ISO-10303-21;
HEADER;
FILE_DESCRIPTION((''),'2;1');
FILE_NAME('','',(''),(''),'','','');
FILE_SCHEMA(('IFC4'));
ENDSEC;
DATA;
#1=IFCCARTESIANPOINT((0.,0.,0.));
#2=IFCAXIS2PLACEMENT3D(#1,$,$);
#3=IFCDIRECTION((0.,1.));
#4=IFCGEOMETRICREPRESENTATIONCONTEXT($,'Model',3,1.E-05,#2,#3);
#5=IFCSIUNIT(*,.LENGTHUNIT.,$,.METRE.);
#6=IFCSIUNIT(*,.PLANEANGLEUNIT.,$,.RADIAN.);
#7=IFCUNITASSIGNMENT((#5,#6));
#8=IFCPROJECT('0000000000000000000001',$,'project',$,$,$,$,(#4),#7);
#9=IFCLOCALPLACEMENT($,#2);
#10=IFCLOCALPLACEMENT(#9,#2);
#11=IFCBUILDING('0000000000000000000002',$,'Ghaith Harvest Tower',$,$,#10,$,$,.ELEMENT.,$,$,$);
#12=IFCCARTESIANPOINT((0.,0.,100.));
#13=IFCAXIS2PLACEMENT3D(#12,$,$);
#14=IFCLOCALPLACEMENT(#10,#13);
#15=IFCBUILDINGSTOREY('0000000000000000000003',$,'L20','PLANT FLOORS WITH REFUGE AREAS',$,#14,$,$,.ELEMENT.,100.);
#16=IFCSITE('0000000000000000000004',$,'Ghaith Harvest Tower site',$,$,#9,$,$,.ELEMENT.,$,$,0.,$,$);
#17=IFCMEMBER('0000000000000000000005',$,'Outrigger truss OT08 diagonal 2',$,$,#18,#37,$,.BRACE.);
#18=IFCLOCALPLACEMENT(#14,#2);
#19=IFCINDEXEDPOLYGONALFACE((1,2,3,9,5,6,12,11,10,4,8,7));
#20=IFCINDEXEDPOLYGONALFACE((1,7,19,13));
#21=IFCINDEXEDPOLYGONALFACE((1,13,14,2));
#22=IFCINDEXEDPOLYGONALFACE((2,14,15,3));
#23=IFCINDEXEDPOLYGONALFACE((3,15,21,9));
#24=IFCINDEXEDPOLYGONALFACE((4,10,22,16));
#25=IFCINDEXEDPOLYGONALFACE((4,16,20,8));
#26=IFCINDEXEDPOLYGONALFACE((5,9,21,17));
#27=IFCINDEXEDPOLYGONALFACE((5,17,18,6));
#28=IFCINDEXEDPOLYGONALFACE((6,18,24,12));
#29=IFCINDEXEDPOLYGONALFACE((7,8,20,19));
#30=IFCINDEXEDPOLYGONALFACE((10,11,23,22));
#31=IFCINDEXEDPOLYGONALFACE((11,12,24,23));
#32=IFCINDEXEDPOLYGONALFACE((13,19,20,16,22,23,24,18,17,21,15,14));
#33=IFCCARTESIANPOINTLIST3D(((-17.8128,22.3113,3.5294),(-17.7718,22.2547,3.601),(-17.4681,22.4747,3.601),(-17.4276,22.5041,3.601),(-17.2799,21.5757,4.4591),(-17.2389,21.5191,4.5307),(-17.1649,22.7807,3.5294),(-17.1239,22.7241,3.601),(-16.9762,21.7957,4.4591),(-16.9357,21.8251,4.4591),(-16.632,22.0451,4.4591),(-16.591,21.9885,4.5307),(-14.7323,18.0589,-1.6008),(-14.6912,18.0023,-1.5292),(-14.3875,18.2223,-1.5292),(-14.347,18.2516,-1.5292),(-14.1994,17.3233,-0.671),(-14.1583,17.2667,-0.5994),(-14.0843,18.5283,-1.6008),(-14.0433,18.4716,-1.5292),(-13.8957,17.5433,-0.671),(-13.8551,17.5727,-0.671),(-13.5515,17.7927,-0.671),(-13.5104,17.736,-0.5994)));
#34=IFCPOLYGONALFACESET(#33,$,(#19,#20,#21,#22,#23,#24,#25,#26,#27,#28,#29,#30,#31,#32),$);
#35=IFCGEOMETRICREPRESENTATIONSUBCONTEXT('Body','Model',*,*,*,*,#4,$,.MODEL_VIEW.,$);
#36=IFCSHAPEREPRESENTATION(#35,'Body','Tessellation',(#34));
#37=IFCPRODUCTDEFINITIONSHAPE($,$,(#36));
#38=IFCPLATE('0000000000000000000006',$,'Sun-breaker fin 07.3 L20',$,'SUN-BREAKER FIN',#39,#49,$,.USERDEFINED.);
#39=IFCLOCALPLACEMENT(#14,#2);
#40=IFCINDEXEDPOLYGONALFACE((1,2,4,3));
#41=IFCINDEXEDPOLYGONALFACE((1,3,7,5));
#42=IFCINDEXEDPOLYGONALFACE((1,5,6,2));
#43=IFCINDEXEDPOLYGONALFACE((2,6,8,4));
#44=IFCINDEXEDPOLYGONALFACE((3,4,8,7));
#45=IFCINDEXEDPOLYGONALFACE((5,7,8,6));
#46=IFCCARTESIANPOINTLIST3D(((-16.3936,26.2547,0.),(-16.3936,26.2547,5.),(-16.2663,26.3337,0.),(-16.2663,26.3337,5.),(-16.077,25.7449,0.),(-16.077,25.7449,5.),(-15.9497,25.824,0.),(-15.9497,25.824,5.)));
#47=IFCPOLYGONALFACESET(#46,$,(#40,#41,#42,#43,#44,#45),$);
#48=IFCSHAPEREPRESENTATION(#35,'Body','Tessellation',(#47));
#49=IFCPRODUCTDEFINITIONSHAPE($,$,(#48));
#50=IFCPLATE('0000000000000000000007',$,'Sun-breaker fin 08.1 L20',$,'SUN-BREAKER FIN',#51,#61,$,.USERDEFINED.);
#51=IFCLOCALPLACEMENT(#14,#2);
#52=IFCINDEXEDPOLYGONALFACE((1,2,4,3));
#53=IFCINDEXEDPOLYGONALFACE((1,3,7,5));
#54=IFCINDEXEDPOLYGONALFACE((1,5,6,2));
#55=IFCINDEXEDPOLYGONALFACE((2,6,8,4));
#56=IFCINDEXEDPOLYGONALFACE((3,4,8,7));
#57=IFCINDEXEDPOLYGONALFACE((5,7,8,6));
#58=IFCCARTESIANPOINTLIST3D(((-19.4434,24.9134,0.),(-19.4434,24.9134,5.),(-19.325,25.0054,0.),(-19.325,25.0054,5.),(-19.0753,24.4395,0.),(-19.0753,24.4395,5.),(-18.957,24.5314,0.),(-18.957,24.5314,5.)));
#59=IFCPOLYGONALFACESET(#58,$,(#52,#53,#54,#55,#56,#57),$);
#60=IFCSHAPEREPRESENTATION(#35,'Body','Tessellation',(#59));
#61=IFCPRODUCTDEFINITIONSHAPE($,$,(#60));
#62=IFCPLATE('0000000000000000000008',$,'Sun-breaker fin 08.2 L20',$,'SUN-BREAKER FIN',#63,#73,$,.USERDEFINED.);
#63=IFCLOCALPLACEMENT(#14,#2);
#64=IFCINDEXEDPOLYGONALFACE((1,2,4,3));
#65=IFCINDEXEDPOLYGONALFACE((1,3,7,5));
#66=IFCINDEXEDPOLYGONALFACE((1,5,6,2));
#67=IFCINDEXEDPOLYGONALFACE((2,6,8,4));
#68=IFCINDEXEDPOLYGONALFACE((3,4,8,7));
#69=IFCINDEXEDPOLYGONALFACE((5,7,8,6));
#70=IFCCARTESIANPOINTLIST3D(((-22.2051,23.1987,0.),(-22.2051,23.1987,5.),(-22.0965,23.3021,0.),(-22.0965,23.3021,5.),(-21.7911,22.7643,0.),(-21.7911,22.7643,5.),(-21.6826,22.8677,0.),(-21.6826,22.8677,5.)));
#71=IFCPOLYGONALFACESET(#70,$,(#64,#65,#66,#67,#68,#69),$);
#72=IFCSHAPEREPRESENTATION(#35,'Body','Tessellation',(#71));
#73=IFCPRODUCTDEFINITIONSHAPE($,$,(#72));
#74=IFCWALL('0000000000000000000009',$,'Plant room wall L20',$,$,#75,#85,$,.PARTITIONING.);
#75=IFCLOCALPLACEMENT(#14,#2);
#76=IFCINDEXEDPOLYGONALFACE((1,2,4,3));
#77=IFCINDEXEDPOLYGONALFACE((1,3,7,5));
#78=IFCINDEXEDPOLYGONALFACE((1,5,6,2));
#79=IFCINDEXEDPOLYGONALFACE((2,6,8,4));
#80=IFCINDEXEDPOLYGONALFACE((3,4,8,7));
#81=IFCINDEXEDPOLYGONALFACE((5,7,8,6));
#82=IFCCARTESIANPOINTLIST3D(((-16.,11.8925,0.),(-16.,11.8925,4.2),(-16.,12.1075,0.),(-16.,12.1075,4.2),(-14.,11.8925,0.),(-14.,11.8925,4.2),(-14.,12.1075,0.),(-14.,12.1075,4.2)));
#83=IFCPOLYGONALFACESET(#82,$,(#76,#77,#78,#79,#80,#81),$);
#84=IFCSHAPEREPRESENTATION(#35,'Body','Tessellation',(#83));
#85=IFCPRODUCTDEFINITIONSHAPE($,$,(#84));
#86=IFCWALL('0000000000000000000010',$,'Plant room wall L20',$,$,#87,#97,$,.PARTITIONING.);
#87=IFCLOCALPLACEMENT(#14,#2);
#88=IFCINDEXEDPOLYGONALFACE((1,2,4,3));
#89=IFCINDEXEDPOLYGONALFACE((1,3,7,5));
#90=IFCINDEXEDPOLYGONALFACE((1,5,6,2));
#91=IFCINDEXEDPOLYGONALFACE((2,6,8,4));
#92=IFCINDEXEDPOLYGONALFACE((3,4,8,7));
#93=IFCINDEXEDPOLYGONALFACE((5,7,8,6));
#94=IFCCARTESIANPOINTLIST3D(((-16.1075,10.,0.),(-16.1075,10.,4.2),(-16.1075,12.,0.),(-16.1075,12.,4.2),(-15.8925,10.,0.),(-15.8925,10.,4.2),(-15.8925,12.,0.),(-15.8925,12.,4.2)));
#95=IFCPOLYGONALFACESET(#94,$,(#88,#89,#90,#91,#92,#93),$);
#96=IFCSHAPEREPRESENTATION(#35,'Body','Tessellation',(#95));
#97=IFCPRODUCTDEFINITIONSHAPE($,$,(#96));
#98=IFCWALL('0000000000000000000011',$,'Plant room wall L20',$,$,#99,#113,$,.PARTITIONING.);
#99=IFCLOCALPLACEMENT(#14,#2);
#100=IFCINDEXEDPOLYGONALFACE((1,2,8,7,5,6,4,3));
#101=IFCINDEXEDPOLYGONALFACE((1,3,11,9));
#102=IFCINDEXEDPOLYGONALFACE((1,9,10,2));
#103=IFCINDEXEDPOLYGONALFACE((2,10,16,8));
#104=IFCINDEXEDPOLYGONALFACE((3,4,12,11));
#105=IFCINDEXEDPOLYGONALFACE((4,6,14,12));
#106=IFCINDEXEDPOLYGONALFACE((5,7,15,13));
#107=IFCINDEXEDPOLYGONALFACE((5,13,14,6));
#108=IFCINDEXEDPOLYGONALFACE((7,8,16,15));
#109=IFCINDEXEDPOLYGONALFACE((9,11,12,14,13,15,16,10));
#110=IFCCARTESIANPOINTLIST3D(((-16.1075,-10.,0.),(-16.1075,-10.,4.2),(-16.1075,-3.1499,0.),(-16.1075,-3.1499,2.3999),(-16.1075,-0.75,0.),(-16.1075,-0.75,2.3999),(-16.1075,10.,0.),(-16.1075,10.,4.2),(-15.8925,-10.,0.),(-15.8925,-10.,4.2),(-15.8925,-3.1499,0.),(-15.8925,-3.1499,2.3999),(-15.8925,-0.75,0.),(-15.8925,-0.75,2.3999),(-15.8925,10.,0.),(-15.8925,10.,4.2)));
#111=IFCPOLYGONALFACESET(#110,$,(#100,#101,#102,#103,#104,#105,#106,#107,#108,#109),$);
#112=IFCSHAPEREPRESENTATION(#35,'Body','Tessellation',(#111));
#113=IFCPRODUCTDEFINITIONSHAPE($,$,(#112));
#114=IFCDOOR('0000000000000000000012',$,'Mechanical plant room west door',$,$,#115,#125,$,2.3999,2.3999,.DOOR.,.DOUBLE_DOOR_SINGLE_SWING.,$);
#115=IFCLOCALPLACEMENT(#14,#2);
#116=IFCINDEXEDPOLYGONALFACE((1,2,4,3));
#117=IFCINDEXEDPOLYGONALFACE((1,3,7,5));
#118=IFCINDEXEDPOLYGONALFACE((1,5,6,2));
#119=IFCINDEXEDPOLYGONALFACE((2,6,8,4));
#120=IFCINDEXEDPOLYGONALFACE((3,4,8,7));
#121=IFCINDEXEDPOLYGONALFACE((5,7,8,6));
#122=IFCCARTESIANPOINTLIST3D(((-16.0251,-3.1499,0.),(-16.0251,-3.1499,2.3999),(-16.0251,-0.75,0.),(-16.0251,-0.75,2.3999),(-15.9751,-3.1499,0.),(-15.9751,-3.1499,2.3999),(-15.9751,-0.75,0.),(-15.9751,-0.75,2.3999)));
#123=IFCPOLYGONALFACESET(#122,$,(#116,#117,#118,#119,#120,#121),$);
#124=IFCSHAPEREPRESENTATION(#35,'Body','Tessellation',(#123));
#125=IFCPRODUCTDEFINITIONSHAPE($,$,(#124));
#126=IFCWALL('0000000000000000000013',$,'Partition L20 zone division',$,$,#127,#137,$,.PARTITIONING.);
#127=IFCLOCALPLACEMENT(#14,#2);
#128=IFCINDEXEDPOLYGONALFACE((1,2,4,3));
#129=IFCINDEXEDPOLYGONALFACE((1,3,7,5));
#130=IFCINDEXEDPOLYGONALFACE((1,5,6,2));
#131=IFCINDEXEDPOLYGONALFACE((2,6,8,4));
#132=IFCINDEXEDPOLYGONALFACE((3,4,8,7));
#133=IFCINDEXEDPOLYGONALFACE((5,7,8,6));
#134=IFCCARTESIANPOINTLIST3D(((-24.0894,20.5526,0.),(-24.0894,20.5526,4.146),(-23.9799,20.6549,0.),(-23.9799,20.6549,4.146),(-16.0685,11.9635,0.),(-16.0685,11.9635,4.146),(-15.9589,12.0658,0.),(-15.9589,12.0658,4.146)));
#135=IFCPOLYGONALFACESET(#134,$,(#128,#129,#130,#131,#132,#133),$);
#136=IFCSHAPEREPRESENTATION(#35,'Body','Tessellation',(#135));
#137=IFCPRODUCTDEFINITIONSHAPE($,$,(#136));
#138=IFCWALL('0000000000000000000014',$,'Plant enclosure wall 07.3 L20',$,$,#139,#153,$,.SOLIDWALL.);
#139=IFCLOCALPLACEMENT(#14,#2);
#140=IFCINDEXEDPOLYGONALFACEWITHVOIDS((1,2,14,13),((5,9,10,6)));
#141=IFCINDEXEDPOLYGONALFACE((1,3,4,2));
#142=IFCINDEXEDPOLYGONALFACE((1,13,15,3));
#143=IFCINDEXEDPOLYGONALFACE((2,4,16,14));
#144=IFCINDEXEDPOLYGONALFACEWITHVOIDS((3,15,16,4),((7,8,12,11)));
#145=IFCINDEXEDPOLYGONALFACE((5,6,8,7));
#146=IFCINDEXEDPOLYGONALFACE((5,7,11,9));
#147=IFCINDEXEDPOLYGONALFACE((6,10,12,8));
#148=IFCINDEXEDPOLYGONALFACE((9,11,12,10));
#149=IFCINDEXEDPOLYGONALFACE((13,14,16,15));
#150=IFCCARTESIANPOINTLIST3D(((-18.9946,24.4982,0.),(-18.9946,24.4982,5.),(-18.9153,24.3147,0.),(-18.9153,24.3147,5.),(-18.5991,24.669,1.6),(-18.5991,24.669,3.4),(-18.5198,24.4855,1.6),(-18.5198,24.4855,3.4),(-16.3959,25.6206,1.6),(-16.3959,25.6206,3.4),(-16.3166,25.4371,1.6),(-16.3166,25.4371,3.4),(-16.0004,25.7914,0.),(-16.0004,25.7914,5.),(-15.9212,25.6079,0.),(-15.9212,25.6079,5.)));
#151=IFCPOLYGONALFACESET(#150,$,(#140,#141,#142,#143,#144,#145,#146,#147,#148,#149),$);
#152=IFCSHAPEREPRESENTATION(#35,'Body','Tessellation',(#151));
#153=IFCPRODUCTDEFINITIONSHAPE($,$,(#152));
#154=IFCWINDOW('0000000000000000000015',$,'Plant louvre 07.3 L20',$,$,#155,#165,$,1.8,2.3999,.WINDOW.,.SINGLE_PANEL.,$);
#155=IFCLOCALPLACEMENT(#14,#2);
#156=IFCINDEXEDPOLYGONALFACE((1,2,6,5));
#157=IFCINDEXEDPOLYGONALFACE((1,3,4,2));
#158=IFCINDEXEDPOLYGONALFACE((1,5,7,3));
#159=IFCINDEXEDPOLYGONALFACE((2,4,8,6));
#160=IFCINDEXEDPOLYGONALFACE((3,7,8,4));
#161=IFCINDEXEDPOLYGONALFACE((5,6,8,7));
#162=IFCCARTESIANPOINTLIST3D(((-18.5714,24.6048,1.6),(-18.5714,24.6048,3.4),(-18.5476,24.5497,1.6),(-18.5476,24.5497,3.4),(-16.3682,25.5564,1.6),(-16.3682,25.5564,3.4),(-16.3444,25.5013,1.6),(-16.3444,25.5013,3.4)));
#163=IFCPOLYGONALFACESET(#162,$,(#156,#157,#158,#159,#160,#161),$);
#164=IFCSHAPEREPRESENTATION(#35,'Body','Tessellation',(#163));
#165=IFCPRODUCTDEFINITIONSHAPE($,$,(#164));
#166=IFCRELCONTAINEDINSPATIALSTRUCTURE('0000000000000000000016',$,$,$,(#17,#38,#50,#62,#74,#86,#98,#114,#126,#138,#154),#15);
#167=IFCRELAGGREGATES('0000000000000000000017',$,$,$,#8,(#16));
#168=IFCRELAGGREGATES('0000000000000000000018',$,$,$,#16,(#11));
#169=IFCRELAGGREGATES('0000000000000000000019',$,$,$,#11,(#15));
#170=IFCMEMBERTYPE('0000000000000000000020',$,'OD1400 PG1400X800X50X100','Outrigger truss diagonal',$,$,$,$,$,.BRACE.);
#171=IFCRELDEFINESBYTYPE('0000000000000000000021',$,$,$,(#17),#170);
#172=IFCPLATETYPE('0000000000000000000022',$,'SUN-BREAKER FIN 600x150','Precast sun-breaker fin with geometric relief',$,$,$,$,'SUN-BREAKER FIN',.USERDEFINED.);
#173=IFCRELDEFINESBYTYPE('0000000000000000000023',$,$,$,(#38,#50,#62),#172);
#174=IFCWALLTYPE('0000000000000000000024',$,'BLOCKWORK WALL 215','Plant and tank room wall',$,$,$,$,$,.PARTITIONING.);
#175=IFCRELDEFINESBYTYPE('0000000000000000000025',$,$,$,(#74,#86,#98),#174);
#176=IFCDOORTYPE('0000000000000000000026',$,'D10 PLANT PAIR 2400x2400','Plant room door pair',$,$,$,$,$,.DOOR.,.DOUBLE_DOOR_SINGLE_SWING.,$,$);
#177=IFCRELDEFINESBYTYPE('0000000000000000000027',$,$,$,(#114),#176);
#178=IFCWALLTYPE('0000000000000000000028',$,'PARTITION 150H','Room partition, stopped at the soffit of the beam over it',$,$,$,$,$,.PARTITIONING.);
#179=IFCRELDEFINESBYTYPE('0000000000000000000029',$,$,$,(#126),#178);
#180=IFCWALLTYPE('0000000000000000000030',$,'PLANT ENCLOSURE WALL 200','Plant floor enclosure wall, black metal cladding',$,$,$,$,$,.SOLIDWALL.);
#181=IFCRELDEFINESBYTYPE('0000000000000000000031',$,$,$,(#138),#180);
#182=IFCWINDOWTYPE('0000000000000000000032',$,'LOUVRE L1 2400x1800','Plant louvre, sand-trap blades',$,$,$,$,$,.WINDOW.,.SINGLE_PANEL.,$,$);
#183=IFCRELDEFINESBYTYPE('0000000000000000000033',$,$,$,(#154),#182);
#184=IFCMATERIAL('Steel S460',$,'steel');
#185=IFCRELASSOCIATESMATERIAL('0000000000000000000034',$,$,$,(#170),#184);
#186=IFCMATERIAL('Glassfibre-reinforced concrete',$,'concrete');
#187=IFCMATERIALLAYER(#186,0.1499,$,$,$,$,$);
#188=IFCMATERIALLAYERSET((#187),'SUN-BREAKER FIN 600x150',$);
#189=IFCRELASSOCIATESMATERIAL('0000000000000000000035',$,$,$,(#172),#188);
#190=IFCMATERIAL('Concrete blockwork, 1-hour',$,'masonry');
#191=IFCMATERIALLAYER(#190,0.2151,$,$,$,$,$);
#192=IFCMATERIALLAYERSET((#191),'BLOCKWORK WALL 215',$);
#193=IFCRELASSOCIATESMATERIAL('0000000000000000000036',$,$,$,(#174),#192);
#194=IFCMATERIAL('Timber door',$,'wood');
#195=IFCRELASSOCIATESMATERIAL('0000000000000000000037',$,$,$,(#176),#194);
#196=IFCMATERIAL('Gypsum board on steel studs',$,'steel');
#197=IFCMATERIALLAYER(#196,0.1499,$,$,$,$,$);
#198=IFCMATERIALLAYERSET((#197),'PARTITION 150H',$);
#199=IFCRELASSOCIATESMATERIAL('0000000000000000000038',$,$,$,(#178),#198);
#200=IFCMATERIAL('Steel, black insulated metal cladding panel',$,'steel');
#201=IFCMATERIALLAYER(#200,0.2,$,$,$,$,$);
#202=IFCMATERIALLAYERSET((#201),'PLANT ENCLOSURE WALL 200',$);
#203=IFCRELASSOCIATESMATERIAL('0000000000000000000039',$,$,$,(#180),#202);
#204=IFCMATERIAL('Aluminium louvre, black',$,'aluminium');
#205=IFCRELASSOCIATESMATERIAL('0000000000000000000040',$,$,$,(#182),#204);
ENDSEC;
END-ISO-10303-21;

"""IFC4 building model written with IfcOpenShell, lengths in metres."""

from ifc_helpers import new_model, si_unit, direction, frame, frame_2d, origin, origin_2d, place, context, subcontext, project, spatial, rectangle, i_section, extrude, material, layer, layer_set, material_profile, profile_set, type_object, element, fill, save


model = new_model("IFC4")

# Units and contexts
model_context = context("Model", 3, precision=1e-05, world=origin(), true_north=direction((0.0, 1.0)))
body_context = subcontext(model_context, "Body", "Model", "MODEL_VIEW")
ifc_project = project(units=[si_unit("LENGTHUNIT", "METRE"), si_unit("PLANEANGLEUNIT", "RADIAN")], contexts=[model_context])

# Site, building, storey
site_placement = place(None, origin())
site = spatial("IfcSite", under=ifc_project, at=site_placement, Name="Ghaith Harvest Tower site", CompositionType="ELEMENT", RefElevation=0.0)
building_placement = place(site_placement, origin())
building = spatial("IfcBuilding", under=site, at=building_placement, Name="Ghaith Harvest Tower", CompositionType="ELEMENT")
storey_placement = place(building_placement, frame((0.0, 0.0, 100.0)))
storey = spatial("IfcBuildingStorey", under=building, at=storey_placement, Name="L20", Description="PLANT FLOORS WITH REFUGE AREAS", CompositionType="ELEMENT", Elevation=100.0)

# Member
ifc_material_1 = material(Name="Steel S460", Category="steel")
ifc_material_profile_1 = material_profile(ifc_material_1, i_section(OverallWidth=0.8, OverallDepth=1.3999, WebThickness=0.05, FlangeThickness=0.1001, at=origin_2d()), Name="PG1400X800X50X100")
ifc_profile_set_1 = profile_set([ifc_material_profile_1], Name="Steel S460")
member_type_1 = type_object("IfcMemberType", Name="OD1400 PG1400X800X50X100", Description="Outrigger truss diagonal", PredefinedType="BRACE", material=ifc_profile_set_1)
member_1_placement = place(storey_placement, frame((-14.1213, 17.8975, -1.1001), z_axis=(-0.419634, 0.579267, 0.698825), x_axis=(-0.809832, -0.586661, 0.0)))
element("IfcMember", 1, at=member_1_placement, inside=storey, type_object=member_type_1, Name="Outrigger truss OT08 diagonal 2", PredefinedType="BRACE", context=body_context, shape_type="SweptSolid", body=[
    extrude(i_section(OverallWidth=0.8, OverallDepth=1.3999, WebThickness=0.05, FlangeThickness=0.1001, at=origin_2d()), origin(), (0.0, 0.0, 1.0), 7.3411),
])

# Plates
ifc_material_2 = material(Name="Glassfibre-reinforced concrete", Category="concrete")
ifc_layer_1 = layer(ifc_material_2, 0.1499)
ifc_layer_set_1 = layer_set([ifc_layer_1], Name="SUN-BREAKER FIN 600x150")
plate_type = type_object("IfcPlateType", Name="SUN-BREAKER FIN 600x150", Description="Precast sun-breaker fin with geometric relief", ElementType="SUN-BREAKER FIN", PredefinedType="USERDEFINED", material=ifc_layer_set_1)
for number, where, z_axis, x_axis, name in (
    (2, (-16.1716, 26.0393, 0.0), (0.0, 0.0, 1.0), (-0.527583, 0.849504, 0.0), "Sun-breaker fin 07.3 L20"),
    (3, (-19.2002, 24.7224, 0.0), (0.0, 0.0, 1.0), (-0.613378, 0.78979, 0.0), "Sun-breaker fin 08.1 L20"),
    (4, (-21.9438, 23.0332, 0.0), (0.0, 0.0, 1.0), (-0.689779, 0.72402, 0.0), "Sun-breaker fin 08.2 L20"),
):
    element("IfcPlate", number, at=place(storey_placement, frame(where, z_axis=z_axis, x_axis=x_axis)), inside=storey, type_object=plate_type, Name=name, ObjectType="SUN-BREAKER FIN", PredefinedType="USERDEFINED", context=body_context, shape_type="SweptSolid", body=[
        extrude(rectangle(XDim=0.6001, YDim=0.1499, at=origin_2d()), origin(), (0.0, 0.0, 1.0), 5.0),
    ])

# Walls
ifc_material_3 = material(Name="Concrete blockwork, 1-hour", Category="masonry")
ifc_layer_2 = layer(ifc_material_3, 0.2151)
ifc_layer_set_2 = layer_set([ifc_layer_2], Name="BLOCKWORK WALL 215")
wall_type_1 = type_object("IfcWallType", Name="BLOCKWORK WALL 215", Description="Plant and tank room wall", PredefinedType="PARTITIONING", material=ifc_layer_set_2)
for number, where, z_axis, x_axis, name in (
    (5, (-14.0, 12.0, 0.0), (0.0, 0.0, 1.0), (-1.0, 0.0, 0.0), "Plant room wall L20"),
    (6, (-16.0, 12.0, 0.0), (0.0, 0.0, 1.0), (0.0, -1.0, 0.0), "Plant room wall L20"),
):
    element("IfcWall", number, at=place(storey_placement, frame(where, z_axis=z_axis, x_axis=x_axis)), inside=storey, type_object=wall_type_1, Name=name, PredefinedType="PARTITIONING", context=body_context, shape_type="SweptSolid", body=[
        extrude(rectangle(XDim=2.0, YDim=0.2151, at=frame_2d((1.0, 0.0))), origin(), (0.0, 0.0, 1.0), 4.2),
    ])

# Wall, opening, door
wall_1_placement = place(storey_placement, frame((-16.0, 10.0, 0.0), z_axis=(0.0, 0.0, 1.0), x_axis=(0.0, -1.0, 0.0)))
wall_1 = element("IfcWall", 7, at=wall_1_placement, inside=storey, type_object=wall_type_1, Name="Plant room wall L20", PredefinedType="PARTITIONING", context=body_context, shape_type="SweptSolid", body=[
    extrude(rectangle(XDim=20.0, YDim=0.2151, at=frame_2d((10.0, 0.0))), origin(), (0.0, 0.0, 1.0), 4.2),
])
opening_1_placement = place(wall_1_placement, frame((10.75, 0.0, 0.0)))
opening_1 = element("IfcOpeningElement", 8, at=opening_1_placement, cuts=wall_1, PredefinedType="OPENING", context=body_context, shape_type="SweptSolid", body=[
    extrude(rectangle(XDim=2.3999, YDim=2.3999, at=frame_2d((1.2, 1.2))), frame((0.0, 0.1177, 0.0), z_axis=(0.0, -1.0, 0.0), x_axis=(1.0, 0.0, 0.0)), (0.0, 0.0, 1.0), 0.2351),
])
ifc_material_4 = material(Name="Timber door", Category="wood")
door_type = type_object("IfcDoorType", Name="D10 PLANT PAIR 2400x2400", Description="Plant room door pair", OperationType="DOUBLE_DOOR_SINGLE_SWING", PredefinedType="DOOR", material=ifc_material_4)
door_placement = place(opening_1_placement, origin())
door = element("IfcDoor", 9, at=door_placement, inside=storey, type_object=door_type, Name="Mechanical plant room west door", OperationType="DOUBLE_DOOR_SINGLE_SWING", OverallHeight=2.3999, OverallWidth=2.3999, PredefinedType="DOOR", context=body_context, shape_type="SweptSolid", body=[
    extrude(rectangle(XDim=2.3999, YDim=2.3999, at=frame_2d((1.2, 1.2))), frame((0.0, 0.0249, 0.0), z_axis=(0.0, -1.0, 0.0), x_axis=(1.0, 0.0, 0.0)), (0.0, 0.0, 1.0), 0.05),
])
fill(opening_1, door)

# Wall
ifc_material_5 = material(Name="Gypsum board on steel studs", Category="steel")
ifc_layer_3 = layer(ifc_material_5, 0.1499)
ifc_layer_set_3 = layer_set([ifc_layer_3], Name="PARTITION 150H")
wall_type_2 = type_object("IfcWallType", Name="PARTITION 150H", Description="Room partition, stopped at the soffit of the beam over it", PredefinedType="PARTITIONING", material=ifc_layer_set_3)
wall_2_placement = place(storey_placement, frame((-16.0137, 12.0146, 0.0), z_axis=(0.0, 0.0, 1.0), x_axis=(-0.682523, 0.730865, 0.0)))
element("IfcWall", 10, at=wall_2_placement, inside=storey, type_object=wall_type_2, Name="Partition L20 zone division", PredefinedType="PARTITIONING", context=body_context, shape_type="SweptSolid", body=[
    extrude(rectangle(XDim=11.752, YDim=0.1499, at=frame_2d((5.876, 0.0))), origin(), (0.0, 0.0, 1.0), 4.146),
])

# Wall, opening, window
ifc_material_6 = material(Name="Steel, black insulated metal cladding panel", Category="steel")
ifc_layer_4 = layer(ifc_material_6, 0.2)
ifc_layer_set_4 = layer_set([ifc_layer_4], Name="PLANT ENCLOSURE WALL 200")
wall_type_3 = type_object("IfcWallType", Name="PLANT ENCLOSURE WALL 200", Description="Plant floor enclosure wall, black metal cladding", PredefinedType="SOLIDWALL", material=ifc_layer_set_4)
wall_3_placement = place(storey_placement, frame((-15.9607, 25.6997, 0.0), z_axis=(0.0, 0.0, 1.0), x_axis=(-0.91803, -0.396511, 0.0)))
wall_3 = element("IfcWall", 11, at=wall_3_placement, inside=storey, type_object=wall_type_3, Name="Plant enclosure wall 07.3 L20", PredefinedType="SOLIDWALL", context=body_context, shape_type="SweptSolid", body=[
    extrude(rectangle(XDim=3.2615, YDim=0.2, at=frame_2d((1.6309, 0.0))), origin(), (0.0, 0.0, 1.0), 5.0),
])
opening_2_placement = place(wall_3_placement, frame((0.4309, 0.0, 1.6001)))
opening_2 = element("IfcOpeningElement", 12, at=opening_2_placement, cuts=wall_3, PredefinedType="OPENING", context=body_context, shape_type="SweptSolid", body=[
    extrude(rectangle(XDim=2.3999, YDim=1.8, at=frame_2d((1.2, 0.8999))), frame((0.0, 0.1099, 0.0), z_axis=(0.0, -1.0, 0.0), x_axis=(1.0, 0.0, 0.0)), (0.0, 0.0, 1.0), 0.22),
])
ifc_material_7 = material(Name="Aluminium louvre, black", Category="aluminium")
window_type = type_object("IfcWindowType", Name="LOUVRE L1 2400x1800", Description="Plant louvre, sand-trap blades", PartitioningType="SINGLE_PANEL", PredefinedType="WINDOW", material=ifc_material_7)
window_1_placement = place(opening_2_placement, origin())
window_1 = element("IfcWindow", 13, at=window_1_placement, inside=storey, type_object=window_type, Name="Plant louvre 07.3 L20", OverallHeight=1.8, OverallWidth=2.3999, PartitioningType="SINGLE_PANEL", PredefinedType="WINDOW", context=body_context, shape_type="SweptSolid", body=[
    extrude(rectangle(XDim=2.3999, YDim=1.8, at=frame_2d((1.2, 0.8999))), frame((0.0, 0.03, 0.0), z_axis=(0.0, -1.0, 0.0), x_axis=(1.0, 0.0, 0.0)), (0.0, 0.0, 1.0), 0.0601),
])
fill(opening_2, window_1)

save(model, "model.ifc")
